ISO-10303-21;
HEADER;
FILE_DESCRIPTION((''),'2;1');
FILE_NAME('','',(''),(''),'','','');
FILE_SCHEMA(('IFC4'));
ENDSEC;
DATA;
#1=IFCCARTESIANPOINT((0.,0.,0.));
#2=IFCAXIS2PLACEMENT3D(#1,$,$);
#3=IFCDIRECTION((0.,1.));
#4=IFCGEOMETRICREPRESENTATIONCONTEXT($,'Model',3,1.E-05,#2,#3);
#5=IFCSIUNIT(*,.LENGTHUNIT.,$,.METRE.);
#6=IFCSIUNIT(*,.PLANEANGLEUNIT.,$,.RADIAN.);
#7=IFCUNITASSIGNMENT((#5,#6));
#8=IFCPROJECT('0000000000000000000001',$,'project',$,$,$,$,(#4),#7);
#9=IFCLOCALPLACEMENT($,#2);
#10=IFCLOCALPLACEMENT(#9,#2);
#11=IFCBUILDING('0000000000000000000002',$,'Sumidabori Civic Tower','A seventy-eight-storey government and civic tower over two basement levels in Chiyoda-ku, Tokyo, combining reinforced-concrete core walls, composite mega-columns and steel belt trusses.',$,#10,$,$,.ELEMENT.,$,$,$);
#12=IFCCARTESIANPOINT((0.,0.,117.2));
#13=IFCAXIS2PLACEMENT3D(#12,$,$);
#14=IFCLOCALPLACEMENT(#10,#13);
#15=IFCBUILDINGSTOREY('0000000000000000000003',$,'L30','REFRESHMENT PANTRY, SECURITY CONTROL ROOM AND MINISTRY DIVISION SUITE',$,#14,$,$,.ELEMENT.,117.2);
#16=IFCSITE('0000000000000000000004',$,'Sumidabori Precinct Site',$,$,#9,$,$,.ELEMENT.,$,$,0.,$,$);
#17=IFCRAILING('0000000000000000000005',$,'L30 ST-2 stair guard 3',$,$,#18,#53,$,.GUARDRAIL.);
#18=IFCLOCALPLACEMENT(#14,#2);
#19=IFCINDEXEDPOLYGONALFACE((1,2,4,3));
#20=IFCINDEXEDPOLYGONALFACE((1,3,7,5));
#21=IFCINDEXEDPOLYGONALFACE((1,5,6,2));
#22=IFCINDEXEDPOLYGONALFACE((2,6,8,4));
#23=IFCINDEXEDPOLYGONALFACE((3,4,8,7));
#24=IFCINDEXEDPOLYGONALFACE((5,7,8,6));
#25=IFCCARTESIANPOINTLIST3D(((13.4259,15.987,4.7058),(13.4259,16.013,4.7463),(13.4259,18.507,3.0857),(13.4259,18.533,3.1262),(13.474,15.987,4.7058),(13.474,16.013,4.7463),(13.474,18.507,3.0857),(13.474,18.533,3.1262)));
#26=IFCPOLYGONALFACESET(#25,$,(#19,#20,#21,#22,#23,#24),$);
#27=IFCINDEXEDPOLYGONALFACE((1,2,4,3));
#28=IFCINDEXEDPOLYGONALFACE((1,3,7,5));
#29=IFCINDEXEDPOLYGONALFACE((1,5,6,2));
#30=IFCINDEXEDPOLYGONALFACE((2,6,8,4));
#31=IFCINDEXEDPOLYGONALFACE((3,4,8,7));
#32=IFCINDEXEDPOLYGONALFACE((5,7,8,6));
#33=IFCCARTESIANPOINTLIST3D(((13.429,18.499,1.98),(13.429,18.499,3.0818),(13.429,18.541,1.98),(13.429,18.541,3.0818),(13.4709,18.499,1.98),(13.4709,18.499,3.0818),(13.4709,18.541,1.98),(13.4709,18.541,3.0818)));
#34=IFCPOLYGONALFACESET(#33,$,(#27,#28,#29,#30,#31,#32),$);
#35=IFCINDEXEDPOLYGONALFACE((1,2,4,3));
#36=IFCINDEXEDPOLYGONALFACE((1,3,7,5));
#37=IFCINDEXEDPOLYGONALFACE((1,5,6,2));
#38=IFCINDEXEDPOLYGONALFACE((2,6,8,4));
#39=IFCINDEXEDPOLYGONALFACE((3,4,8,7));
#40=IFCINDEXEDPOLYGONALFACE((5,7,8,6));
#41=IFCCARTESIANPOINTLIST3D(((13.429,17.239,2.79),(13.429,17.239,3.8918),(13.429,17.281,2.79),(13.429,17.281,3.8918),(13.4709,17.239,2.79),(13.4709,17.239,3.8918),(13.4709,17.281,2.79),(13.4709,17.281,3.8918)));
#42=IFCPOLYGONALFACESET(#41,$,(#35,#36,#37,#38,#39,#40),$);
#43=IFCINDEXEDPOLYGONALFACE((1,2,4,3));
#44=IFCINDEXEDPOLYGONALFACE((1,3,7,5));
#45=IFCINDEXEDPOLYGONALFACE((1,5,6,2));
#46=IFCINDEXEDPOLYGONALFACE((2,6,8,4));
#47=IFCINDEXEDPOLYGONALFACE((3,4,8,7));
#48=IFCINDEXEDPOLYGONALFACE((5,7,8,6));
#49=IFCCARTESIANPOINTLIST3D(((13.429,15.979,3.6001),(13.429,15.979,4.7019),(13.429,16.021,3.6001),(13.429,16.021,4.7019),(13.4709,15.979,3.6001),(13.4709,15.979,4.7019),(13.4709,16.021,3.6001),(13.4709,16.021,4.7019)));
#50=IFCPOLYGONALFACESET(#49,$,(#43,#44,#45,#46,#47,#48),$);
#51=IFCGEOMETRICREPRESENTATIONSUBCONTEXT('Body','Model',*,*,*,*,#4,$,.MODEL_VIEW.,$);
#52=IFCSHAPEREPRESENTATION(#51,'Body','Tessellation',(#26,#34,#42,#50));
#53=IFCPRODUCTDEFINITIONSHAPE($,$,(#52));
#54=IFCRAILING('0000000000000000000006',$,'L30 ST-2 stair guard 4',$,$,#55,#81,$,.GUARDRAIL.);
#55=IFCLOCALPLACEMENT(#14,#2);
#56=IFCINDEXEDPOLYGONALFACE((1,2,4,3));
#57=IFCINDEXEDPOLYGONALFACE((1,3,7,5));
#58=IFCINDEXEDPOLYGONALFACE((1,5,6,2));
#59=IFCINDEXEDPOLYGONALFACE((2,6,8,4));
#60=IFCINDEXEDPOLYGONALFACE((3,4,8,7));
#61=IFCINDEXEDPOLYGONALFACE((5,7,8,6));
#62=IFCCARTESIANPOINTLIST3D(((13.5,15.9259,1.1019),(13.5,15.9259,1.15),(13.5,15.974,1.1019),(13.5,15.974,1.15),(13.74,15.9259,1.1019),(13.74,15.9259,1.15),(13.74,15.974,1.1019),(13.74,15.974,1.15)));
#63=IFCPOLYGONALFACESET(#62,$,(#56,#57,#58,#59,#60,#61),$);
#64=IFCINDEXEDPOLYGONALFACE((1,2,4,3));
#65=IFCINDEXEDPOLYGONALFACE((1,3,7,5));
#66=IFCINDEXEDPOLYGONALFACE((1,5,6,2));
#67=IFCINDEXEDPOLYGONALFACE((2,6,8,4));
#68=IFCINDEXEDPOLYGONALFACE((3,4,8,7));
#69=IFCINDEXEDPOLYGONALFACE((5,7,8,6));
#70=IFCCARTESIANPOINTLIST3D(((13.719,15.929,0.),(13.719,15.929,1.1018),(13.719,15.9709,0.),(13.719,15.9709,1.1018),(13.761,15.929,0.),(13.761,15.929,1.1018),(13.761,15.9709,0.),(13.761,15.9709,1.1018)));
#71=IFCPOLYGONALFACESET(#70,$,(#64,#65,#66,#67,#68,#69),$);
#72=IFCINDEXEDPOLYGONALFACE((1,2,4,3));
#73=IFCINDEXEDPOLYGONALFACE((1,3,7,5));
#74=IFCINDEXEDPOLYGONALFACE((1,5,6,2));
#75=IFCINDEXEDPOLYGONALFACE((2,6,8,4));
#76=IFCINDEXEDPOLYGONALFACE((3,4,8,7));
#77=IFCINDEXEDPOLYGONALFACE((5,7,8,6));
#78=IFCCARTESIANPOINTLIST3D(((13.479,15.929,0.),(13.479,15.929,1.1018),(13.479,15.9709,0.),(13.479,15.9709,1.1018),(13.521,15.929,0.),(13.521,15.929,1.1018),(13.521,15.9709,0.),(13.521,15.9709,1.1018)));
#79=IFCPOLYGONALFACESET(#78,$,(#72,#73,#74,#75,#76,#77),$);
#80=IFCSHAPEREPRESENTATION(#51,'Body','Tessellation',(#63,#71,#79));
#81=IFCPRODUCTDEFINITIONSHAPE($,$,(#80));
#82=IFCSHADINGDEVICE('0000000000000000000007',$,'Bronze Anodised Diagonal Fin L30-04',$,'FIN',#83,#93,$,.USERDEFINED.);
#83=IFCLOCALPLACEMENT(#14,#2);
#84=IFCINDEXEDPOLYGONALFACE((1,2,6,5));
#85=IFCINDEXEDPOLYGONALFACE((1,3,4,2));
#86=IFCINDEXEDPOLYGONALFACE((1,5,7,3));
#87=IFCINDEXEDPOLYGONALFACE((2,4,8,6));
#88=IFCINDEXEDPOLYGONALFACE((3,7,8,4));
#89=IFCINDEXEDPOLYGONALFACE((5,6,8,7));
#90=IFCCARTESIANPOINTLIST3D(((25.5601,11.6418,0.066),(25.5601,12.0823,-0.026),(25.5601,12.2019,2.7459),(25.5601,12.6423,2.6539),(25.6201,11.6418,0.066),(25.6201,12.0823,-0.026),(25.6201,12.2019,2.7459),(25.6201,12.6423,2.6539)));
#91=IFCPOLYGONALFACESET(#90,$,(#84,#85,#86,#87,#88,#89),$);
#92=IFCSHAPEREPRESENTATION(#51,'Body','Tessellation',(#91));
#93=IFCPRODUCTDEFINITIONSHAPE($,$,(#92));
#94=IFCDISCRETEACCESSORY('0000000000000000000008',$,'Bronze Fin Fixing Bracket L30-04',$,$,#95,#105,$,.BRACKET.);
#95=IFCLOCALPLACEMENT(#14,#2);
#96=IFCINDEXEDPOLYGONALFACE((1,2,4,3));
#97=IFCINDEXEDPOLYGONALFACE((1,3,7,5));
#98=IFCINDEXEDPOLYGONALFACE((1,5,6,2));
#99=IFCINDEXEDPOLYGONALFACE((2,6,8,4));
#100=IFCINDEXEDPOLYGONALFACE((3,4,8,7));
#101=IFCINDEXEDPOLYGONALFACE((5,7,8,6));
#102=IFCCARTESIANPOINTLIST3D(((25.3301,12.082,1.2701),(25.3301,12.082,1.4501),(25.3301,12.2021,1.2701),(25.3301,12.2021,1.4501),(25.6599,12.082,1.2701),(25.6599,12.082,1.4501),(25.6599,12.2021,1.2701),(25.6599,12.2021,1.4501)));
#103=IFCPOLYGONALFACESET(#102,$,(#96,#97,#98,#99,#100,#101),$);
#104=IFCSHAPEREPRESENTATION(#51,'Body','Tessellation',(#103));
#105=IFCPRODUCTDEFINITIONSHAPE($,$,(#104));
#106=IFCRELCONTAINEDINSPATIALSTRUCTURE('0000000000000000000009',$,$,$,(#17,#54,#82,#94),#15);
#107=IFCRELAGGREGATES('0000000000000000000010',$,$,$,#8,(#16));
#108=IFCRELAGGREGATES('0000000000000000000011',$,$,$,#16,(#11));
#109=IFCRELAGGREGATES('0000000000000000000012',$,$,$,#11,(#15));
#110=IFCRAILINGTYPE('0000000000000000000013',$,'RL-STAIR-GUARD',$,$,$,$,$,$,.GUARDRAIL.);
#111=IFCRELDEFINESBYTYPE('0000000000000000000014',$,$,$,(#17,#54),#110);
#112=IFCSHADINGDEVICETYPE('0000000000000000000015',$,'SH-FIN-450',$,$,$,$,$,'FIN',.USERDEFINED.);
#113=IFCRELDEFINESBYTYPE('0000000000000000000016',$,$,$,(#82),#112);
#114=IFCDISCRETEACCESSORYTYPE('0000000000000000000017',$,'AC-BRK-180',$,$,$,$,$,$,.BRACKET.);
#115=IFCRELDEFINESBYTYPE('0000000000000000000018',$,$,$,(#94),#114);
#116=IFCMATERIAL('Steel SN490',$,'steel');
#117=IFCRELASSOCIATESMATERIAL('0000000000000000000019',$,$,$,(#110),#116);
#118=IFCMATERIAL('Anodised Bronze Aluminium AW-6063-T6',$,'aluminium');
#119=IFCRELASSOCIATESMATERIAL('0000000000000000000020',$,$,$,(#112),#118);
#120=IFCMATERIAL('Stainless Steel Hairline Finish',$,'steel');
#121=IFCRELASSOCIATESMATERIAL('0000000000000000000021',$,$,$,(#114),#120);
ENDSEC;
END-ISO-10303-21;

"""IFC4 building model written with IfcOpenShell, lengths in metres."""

from ifc_helpers import new_model, si_unit, direction, frame, origin, origin_2d, place, context, subcontext, project, spatial, rectangle, extrude, source, transform, mapped, material, material_profile, profile_set, type_object, element, save


model = new_model("IFC4")

# Units and contexts
model_context = context("Model", 3, precision=1e-05, world=origin(), true_north=direction((0.0, 1.0)))
body_context = subcontext(model_context, "Body", "Model", "MODEL_VIEW")
ifc_project = project(units=[si_unit("LENGTHUNIT", "METRE"), si_unit("PLANEANGLEUNIT", "RADIAN")], contexts=[model_context])

# Site, building, storey
site_placement = place(None, origin())
site = spatial("IfcSite", under=ifc_project, at=site_placement, Name="Sumidabori Precinct Site", CompositionType="ELEMENT", RefElevation=0.0)
building_placement = place(site_placement, origin())
building = spatial("IfcBuilding", under=site, at=building_placement, Name="Sumidabori Civic Tower", Description="A seventy-eight-storey government and civic tower over two basement levels in Chiyoda-ku, Tokyo, combining reinforced-concrete core walls, composite mega-columns and steel belt trusses.", CompositionType="ELEMENT")
storey_placement = place(building_placement, frame((0.0, 0.0, 117.2)))
storey = spatial("IfcBuildingStorey", under=building, at=storey_placement, Name="L30", Description="REFRESHMENT PANTRY, SECURITY CONTROL ROOM AND MINISTRY DIVISION SUITE", CompositionType="ELEMENT", Elevation=117.2)

# Shared definitions
ifc_material_1 = material(Name="Anodised Bronze Aluminium AW-6063-T6", Category="aluminium")

# Railings
ifc_material_2 = material(Name="Stainless Steel Hairline Finish", Category="steel")
ifc_material_3 = material(Name="Steel SN490", Category="steel")
railing_type_1 = type_object("IfcRailingType", Name="RL-STAIR-GUARD", PredefinedType="GUARDRAIL", material=ifc_material_3)
railing_1_placement = place(storey_placement, frame((13.45, 18.52, 1.98)))
element("IfcRailing", 1, at=railing_1_placement, inside=storey, type_object=railing_type_1, Name="L30 ST-2 stair guard 3", PredefinedType="GUARDRAIL", context=body_context, shape_type="SweptSolid", body=[
    extrude(rectangle(XDim=0.0481, YDim=0.0481, at=origin_2d()), frame((0.0, 0.0, 1.126), z_axis=(0.0, -0.841163, 0.540782), x_axis=(1.0, 0.0, 0.0)), (0.0, 0.0, 1.0), 2.9958),
    extrude(rectangle(XDim=0.042, YDim=0.042, at=origin_2d()), origin(), (0.0, 0.0, 1.0), 1.1018),
    extrude(rectangle(XDim=0.042, YDim=0.042, at=origin_2d()), frame((0.0, -1.26, 0.8101)), (0.0, 0.0, 1.0), 1.1018),
    extrude(rectangle(XDim=0.042, YDim=0.042, at=origin_2d()), frame((0.0, -2.52, 1.6201)), (0.0, 0.0, 1.0), 1.1018),
])
railing_2_placement = place(storey_placement, frame((13.74, 15.95, 0.0)))
element("IfcRailing", 2, at=railing_2_placement, inside=storey, type_object=railing_type_1, Name="L30 ST-2 stair guard 4", PredefinedType="GUARDRAIL", context=body_context, shape_type="SweptSolid", body=[
    extrude(rectangle(XDim=0.0481, YDim=0.0481, at=origin_2d()), frame((0.0, 0.0, 1.126), z_axis=(-1.0, 0.0, 0.0), x_axis=(0.0, -1.0, 0.0)), (0.0, 0.0, 1.0), 0.24),
    extrude(rectangle(XDim=0.042, YDim=0.042, at=origin_2d()), origin(), (0.0, 0.0, 1.0), 1.1018),
    extrude(rectangle(XDim=0.042, YDim=0.042, at=origin_2d()), frame((-0.24, 0.0, 0.0)), (0.0, 0.0, 1.0), 1.1018),
])

# Shading device
ifc_material_profile_1 = material_profile(ifc_material_1, rectangle(XDim=0.0601, YDim=0.45, at=origin_2d()), Name="BRONZE FIN 450x60")
ifc_profile_set_1 = profile_set([ifc_material_profile_1], Name="Anodised Bronze Aluminium AW-6063-T6")
shading_device_type = type_object("IfcShadingDeviceType", Name="SH-FIN-450", ElementType="FIN", PredefinedType="USERDEFINED", material=ifc_profile_set_1)
shared_shape_1 = source(origin(), body_context, "Body", "SweptSolid", [
    extrude(rectangle(XDim=0.0601, YDim=0.45, at=origin_2d()), origin(), (0.0, 0.0, 1.0), 2.7378),
])
shading_device_placement = place(storey_placement, frame((25.5901, 11.8621, 0.02), z_axis=(0.0, 0.204563, 0.978853), x_axis=(-1.0, 0.0, 0.0)))
element("IfcShadingDevice", 3, at=shading_device_placement, inside=storey, type_object=shading_device_type, Name="Bronze Anodised Diagonal Fin L30-04", ObjectType="FIN", PredefinedType="USERDEFINED", context=body_context, shape_type="MappedRepresentation", body=[
    mapped(shared_shape_1, transform((0.0, 0.0, 0.0), x_axis=(1.0, 0.0, 0.0), y_axis=(0.0, 1.0, 0.0), z_axis=(0.0, 0.0, 1.0), scale=1.0)),
])

# Discrete accessory
ifc_material_profile_2 = material_profile(ifc_material_2, rectangle(XDim=0.1201, YDim=0.1799, at=origin_2d()), Name="STEEL BRACKET 180x120")
ifc_profile_set_2 = profile_set([ifc_material_profile_2], Name="Stainless Steel Hairline Finish")
discrete_accessory_type = type_object("IfcDiscreteAccessoryType", Name="AC-BRK-180", PredefinedType="BRACKET", material=ifc_profile_set_2)
shared_shape_2 = source(origin(), body_context, "Body", "SweptSolid", [
    extrude(rectangle(XDim=0.1201, YDim=0.1799, at=origin_2d()), origin(), (0.0, 0.0, 1.0), 0.3298),
])
discrete_accessory_placement = place(storey_placement, frame((25.3301, 12.1421, 1.3601), z_axis=(1.0, 0.0, 0.0), x_axis=(0.0, 1.0, 0.0)))
element("IfcDiscreteAccessory", 4, at=discrete_accessory_placement, inside=storey, type_object=discrete_accessory_type, Name="Bronze Fin Fixing Bracket L30-04", PredefinedType="BRACKET", context=body_context, shape_type="MappedRepresentation", body=[
    mapped(shared_shape_2, transform((0.0, 0.0, 0.0), x_axis=(1.0, 0.0, 0.0), y_axis=(0.0, 1.0, 0.0), z_axis=(0.0, 0.0, 1.0), scale=1.0)),
])

save(model, "model.ifc")
